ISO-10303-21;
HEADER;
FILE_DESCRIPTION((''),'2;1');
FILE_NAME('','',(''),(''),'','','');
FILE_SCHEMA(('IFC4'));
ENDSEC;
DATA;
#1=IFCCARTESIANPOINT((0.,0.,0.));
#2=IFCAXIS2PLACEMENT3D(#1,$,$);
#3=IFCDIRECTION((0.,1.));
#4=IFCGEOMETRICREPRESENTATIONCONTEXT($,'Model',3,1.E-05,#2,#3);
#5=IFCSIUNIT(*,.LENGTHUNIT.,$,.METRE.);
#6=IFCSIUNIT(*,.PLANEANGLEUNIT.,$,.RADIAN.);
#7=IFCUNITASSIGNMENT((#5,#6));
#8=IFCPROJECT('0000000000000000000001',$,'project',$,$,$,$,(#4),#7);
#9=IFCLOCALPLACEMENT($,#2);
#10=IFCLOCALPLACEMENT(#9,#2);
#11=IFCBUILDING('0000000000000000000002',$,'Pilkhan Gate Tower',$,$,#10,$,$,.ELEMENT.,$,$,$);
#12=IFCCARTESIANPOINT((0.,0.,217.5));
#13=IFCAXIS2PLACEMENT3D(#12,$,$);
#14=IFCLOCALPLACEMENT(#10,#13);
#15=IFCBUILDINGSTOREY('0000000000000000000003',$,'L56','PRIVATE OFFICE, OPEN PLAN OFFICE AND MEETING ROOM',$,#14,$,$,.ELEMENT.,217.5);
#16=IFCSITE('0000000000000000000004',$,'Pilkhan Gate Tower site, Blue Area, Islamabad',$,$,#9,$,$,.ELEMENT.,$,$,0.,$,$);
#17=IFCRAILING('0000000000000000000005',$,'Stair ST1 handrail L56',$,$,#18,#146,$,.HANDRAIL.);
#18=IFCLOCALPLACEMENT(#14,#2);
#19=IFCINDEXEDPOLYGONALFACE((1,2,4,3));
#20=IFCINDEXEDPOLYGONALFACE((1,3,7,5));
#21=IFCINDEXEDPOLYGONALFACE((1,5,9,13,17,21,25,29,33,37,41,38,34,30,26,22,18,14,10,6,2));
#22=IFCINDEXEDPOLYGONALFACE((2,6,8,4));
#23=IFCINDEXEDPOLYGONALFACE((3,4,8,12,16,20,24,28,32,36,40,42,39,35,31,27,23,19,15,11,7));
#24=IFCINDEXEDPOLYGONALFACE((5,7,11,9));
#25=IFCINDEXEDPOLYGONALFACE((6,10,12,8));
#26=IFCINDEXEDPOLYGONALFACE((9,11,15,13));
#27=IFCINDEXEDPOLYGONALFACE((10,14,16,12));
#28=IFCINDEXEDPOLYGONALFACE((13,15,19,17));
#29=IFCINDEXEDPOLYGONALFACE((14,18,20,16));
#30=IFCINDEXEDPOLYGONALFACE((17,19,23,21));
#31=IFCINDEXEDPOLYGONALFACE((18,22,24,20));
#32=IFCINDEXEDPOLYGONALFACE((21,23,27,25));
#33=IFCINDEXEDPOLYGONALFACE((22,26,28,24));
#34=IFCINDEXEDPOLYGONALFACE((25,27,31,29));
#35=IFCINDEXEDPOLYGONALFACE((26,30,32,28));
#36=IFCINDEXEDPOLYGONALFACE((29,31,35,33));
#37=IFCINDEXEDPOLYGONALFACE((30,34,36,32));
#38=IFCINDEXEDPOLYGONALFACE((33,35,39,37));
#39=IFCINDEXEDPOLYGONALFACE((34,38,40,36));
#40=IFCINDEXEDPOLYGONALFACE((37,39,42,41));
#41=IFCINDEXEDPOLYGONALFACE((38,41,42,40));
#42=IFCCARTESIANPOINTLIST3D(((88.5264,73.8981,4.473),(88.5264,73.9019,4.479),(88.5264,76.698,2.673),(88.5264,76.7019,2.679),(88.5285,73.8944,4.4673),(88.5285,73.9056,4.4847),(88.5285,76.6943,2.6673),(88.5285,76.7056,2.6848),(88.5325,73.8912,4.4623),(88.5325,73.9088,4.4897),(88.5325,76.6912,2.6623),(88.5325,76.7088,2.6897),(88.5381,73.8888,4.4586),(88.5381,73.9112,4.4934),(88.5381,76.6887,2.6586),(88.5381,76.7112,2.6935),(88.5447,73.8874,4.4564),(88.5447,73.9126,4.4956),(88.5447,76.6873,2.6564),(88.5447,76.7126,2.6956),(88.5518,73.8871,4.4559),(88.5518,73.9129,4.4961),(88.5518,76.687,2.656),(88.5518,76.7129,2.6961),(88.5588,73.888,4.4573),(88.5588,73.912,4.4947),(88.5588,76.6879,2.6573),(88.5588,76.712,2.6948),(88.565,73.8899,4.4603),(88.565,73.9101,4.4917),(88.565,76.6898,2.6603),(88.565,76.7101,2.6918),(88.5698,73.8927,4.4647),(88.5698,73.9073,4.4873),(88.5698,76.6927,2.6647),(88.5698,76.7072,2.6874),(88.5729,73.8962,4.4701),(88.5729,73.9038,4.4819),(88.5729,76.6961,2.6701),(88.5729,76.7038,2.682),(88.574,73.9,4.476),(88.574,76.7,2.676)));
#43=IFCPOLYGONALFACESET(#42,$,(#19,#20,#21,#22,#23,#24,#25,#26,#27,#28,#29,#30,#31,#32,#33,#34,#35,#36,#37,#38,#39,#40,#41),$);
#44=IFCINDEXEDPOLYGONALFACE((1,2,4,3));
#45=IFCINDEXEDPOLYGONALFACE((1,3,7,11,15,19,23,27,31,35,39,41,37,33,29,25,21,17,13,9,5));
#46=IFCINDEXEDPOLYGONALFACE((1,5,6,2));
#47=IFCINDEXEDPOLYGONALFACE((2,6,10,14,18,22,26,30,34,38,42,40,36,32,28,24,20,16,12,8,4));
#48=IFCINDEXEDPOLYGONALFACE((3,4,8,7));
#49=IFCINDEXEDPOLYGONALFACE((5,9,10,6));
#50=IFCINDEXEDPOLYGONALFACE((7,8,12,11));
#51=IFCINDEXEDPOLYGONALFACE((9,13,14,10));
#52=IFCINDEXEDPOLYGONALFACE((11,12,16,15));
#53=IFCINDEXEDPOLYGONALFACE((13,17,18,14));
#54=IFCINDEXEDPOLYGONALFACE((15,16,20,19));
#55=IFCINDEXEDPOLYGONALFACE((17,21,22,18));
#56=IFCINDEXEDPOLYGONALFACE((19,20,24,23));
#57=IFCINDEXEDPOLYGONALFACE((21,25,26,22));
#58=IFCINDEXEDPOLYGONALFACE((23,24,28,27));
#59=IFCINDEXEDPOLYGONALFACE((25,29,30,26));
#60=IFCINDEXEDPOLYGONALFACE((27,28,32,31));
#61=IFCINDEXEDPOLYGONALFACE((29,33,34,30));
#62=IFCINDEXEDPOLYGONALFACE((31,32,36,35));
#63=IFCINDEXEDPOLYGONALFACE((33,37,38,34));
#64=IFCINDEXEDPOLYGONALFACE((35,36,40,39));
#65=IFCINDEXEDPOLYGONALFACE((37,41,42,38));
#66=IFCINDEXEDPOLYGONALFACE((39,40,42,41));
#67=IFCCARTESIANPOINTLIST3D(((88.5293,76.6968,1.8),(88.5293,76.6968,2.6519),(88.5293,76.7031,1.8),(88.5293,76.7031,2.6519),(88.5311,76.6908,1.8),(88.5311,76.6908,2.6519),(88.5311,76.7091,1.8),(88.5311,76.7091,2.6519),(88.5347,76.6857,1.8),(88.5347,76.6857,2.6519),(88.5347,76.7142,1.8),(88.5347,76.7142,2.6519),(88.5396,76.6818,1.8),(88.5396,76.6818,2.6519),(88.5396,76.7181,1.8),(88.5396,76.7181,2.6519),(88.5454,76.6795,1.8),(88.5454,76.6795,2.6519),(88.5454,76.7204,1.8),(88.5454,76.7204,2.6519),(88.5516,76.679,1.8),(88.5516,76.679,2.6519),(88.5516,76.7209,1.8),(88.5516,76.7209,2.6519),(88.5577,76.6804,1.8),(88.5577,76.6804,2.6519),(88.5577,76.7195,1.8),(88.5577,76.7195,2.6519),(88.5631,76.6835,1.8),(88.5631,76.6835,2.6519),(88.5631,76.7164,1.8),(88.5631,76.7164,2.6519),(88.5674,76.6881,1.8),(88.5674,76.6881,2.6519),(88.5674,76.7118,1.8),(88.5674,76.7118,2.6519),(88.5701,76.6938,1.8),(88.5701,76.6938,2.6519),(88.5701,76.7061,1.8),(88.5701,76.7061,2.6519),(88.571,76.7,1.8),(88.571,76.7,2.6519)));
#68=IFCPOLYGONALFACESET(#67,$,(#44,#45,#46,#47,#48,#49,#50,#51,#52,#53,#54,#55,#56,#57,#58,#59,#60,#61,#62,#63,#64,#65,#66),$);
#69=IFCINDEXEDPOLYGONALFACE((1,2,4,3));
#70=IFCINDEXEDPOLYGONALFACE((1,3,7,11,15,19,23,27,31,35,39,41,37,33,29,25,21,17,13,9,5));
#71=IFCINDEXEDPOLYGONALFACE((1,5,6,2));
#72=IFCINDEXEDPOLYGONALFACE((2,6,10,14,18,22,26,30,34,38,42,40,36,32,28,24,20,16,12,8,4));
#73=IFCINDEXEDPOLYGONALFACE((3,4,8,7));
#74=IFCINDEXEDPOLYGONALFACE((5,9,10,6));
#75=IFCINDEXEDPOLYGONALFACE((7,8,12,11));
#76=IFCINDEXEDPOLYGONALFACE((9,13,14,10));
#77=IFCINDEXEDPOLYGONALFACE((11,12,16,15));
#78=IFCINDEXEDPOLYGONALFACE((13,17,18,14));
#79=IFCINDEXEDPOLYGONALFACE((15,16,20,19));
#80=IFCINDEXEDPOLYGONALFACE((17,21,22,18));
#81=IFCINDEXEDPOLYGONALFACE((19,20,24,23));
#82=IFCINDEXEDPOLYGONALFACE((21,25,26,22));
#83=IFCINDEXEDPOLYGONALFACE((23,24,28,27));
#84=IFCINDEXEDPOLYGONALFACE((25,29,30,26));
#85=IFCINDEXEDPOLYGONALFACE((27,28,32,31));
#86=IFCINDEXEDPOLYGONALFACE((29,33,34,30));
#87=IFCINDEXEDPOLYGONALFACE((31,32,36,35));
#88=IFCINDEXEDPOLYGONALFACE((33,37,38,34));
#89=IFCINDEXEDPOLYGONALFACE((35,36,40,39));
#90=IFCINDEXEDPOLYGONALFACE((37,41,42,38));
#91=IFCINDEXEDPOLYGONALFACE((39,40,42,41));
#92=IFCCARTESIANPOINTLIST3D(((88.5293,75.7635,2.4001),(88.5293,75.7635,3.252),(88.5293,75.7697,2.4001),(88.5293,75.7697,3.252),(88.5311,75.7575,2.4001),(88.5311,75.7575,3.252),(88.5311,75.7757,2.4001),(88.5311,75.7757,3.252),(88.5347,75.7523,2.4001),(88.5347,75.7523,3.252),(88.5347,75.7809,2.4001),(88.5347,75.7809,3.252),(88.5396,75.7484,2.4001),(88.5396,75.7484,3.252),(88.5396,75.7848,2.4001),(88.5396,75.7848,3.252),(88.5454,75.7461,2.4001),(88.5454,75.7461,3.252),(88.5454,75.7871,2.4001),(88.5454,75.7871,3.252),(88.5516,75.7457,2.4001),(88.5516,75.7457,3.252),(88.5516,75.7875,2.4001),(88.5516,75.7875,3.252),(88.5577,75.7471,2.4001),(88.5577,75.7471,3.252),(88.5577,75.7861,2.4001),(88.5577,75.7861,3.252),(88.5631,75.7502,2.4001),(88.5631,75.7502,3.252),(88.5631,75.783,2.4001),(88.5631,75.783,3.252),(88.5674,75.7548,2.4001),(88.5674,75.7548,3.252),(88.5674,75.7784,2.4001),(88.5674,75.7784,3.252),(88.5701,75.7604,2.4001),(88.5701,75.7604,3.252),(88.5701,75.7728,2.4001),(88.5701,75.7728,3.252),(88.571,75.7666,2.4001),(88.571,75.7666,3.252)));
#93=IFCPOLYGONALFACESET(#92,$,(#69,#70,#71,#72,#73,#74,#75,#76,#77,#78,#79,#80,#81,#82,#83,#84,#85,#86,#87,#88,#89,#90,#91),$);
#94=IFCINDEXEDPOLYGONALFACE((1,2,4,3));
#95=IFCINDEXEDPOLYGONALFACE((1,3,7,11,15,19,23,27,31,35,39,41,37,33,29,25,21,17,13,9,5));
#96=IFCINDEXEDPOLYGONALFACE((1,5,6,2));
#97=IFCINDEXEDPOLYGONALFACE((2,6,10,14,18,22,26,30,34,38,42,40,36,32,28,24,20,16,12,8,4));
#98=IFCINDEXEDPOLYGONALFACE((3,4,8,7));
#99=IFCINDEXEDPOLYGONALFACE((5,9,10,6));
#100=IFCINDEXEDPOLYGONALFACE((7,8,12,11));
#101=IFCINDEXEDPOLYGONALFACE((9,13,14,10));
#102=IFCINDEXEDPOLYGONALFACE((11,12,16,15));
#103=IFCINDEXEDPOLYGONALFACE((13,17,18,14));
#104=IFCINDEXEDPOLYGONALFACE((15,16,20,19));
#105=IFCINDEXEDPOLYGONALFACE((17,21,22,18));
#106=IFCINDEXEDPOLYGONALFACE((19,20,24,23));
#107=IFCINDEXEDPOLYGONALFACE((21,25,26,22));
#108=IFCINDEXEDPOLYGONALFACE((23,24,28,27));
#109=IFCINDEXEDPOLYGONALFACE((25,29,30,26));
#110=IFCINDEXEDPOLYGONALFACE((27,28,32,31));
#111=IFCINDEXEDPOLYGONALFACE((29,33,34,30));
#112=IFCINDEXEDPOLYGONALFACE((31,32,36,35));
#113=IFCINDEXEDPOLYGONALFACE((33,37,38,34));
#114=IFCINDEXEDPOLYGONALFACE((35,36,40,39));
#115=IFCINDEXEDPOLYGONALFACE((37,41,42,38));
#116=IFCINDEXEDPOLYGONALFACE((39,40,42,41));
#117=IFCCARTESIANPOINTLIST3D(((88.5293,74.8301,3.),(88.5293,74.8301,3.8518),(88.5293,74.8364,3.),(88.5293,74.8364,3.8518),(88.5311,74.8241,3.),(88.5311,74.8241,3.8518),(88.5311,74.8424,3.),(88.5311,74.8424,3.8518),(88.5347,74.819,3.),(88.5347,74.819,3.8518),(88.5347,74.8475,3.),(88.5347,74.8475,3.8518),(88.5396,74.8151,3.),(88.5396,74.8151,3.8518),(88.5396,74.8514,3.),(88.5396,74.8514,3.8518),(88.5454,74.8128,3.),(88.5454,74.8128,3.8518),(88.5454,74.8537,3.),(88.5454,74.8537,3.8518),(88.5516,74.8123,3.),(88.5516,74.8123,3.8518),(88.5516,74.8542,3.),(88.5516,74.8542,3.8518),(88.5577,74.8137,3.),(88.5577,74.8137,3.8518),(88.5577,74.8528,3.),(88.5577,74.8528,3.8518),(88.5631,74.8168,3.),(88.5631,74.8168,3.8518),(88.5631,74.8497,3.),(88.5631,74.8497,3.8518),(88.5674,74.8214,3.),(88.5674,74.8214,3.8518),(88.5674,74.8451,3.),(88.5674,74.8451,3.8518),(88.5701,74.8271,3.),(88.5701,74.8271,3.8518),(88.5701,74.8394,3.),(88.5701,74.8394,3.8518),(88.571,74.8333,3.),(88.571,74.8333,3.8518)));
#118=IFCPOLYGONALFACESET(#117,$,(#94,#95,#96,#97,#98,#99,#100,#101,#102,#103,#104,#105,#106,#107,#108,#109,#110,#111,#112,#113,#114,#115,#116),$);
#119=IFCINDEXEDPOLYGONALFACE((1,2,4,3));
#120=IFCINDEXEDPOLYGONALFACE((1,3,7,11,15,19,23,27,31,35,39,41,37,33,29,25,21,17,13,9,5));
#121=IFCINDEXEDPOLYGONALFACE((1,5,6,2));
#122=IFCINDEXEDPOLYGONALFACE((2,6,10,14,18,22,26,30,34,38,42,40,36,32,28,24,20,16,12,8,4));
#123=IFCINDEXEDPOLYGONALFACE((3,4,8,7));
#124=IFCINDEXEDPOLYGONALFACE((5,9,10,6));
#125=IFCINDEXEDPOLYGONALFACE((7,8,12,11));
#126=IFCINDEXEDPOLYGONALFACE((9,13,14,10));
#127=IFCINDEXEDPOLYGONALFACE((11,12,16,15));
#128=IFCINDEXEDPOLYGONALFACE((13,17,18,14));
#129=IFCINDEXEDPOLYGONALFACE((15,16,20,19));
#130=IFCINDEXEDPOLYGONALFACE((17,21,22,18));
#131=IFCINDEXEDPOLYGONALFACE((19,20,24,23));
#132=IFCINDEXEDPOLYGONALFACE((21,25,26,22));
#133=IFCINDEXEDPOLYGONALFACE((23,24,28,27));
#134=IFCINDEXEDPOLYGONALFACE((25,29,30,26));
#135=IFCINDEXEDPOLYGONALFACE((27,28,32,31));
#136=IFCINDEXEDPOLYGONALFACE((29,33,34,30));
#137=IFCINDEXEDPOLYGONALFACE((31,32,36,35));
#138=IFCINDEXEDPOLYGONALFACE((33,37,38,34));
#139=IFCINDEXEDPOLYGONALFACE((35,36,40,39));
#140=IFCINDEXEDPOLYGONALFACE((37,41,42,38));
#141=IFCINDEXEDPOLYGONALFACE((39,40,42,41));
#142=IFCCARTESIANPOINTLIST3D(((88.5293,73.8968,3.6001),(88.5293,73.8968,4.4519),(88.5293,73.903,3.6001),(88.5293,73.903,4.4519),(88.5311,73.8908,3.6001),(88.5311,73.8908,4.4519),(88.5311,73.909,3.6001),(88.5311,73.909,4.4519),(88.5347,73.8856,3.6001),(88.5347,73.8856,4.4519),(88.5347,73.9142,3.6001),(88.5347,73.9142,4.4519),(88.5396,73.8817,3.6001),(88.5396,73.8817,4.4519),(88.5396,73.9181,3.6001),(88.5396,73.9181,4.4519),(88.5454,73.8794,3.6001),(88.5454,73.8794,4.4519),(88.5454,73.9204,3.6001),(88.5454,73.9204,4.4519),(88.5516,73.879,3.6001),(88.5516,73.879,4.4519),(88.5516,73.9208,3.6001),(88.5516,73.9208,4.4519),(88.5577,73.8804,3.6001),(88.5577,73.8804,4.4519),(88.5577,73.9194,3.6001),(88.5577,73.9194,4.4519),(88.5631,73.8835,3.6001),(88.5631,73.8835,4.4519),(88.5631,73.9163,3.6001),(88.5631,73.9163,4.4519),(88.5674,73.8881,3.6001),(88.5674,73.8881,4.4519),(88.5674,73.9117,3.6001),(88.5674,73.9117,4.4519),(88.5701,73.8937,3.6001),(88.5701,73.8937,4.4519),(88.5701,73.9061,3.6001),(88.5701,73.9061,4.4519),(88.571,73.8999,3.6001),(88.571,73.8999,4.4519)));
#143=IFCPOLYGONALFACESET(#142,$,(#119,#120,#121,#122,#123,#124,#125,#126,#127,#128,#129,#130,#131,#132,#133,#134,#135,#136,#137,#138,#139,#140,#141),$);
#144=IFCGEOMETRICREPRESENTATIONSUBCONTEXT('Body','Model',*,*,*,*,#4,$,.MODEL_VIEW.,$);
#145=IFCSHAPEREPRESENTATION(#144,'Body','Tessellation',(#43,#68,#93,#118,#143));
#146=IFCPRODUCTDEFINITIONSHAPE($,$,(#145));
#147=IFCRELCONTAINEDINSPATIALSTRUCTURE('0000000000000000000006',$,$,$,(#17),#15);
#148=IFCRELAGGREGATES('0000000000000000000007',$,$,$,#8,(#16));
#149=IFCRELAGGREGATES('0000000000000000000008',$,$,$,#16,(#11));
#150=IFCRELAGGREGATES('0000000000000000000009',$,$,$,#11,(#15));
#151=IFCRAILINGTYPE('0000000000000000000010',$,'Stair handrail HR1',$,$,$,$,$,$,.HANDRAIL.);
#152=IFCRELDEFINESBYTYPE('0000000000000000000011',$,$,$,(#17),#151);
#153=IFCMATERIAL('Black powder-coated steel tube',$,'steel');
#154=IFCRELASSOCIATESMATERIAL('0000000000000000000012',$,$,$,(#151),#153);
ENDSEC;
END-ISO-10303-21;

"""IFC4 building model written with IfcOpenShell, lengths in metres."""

from ifc_helpers import new_model, si_unit, direction, frame, origin, origin_2d, place, context, subcontext, project, spatial, circle, extrude, material, type_object, element, save


model = new_model("IFC4")

# Units and contexts
model_context = context("Model", 3, precision=1e-05, world=origin(), true_north=direction((0.0, 1.0)))
body_context = subcontext(model_context, "Body", "Model", "MODEL_VIEW")
ifc_project = project(units=[si_unit("LENGTHUNIT", "METRE"), si_unit("PLANEANGLEUNIT", "RADIAN")], contexts=[model_context])

# Site, building, storey
site_placement = place(None, origin())
site = spatial("IfcSite", under=ifc_project, at=site_placement, Name="Pilkhan Gate Tower site, Blue Area, Islamabad", CompositionType="ELEMENT", RefElevation=0.0)
building_placement = place(site_placement, origin())
building = spatial("IfcBuilding", under=site, at=building_placement, Name="Pilkhan Gate Tower", CompositionType="ELEMENT")
storey_placement = place(building_placement, frame((0.0, 0.0, 217.5)))
storey = spatial("IfcBuildingStorey", under=building, at=storey_placement, Name="L56", Description="PRIVATE OFFICE, OPEN PLAN OFFICE AND MEETING ROOM", CompositionType="ELEMENT", Elevation=217.5)

# Railing
ifc_material_1 = material(Name="Black powder-coated steel tube", Category="steel")
railing_type_1 = type_object("IfcRailingType", Name="Stair handrail HR1", PredefinedType="HANDRAIL", material=ifc_material_1)
railing_1_placement = place(storey_placement, frame((88.55, 76.7, 1.8)))
element("IfcRailing", 1, at=railing_1_placement, inside=storey, type_object=railing_type_1, Name="Stair ST1 handrail L56", PredefinedType="HANDRAIL", context=body_context, shape_type="SweptSolid", body=[
    extrude(circle(Radius=0.0239, at=origin_2d()), frame((0.0, 0.0, 0.876), z_axis=(0.0, -0.841176, 0.540761), x_axis=(1.0, 0.0, 0.0)), (0.0, 0.0, 1.0), 3.3286),
    extrude(circle(Radius=0.021, at=origin_2d()), origin(), (0.0, 0.0, 1.0), 0.8518),
    extrude(circle(Radius=0.021, at=origin_2d()), frame((0.0, -0.9333, 0.6001)), (0.0, 0.0, 1.0), 0.8518),
    extrude(circle(Radius=0.021, at=origin_2d()), frame((0.0, -1.8667, 1.2)), (0.0, 0.0, 1.0), 0.8518),
    extrude(circle(Radius=0.021, at=origin_2d()), frame((0.0, -2.8, 1.8)), (0.0, 0.0, 1.0), 0.8518),
])

save(model, "model.ifc")
